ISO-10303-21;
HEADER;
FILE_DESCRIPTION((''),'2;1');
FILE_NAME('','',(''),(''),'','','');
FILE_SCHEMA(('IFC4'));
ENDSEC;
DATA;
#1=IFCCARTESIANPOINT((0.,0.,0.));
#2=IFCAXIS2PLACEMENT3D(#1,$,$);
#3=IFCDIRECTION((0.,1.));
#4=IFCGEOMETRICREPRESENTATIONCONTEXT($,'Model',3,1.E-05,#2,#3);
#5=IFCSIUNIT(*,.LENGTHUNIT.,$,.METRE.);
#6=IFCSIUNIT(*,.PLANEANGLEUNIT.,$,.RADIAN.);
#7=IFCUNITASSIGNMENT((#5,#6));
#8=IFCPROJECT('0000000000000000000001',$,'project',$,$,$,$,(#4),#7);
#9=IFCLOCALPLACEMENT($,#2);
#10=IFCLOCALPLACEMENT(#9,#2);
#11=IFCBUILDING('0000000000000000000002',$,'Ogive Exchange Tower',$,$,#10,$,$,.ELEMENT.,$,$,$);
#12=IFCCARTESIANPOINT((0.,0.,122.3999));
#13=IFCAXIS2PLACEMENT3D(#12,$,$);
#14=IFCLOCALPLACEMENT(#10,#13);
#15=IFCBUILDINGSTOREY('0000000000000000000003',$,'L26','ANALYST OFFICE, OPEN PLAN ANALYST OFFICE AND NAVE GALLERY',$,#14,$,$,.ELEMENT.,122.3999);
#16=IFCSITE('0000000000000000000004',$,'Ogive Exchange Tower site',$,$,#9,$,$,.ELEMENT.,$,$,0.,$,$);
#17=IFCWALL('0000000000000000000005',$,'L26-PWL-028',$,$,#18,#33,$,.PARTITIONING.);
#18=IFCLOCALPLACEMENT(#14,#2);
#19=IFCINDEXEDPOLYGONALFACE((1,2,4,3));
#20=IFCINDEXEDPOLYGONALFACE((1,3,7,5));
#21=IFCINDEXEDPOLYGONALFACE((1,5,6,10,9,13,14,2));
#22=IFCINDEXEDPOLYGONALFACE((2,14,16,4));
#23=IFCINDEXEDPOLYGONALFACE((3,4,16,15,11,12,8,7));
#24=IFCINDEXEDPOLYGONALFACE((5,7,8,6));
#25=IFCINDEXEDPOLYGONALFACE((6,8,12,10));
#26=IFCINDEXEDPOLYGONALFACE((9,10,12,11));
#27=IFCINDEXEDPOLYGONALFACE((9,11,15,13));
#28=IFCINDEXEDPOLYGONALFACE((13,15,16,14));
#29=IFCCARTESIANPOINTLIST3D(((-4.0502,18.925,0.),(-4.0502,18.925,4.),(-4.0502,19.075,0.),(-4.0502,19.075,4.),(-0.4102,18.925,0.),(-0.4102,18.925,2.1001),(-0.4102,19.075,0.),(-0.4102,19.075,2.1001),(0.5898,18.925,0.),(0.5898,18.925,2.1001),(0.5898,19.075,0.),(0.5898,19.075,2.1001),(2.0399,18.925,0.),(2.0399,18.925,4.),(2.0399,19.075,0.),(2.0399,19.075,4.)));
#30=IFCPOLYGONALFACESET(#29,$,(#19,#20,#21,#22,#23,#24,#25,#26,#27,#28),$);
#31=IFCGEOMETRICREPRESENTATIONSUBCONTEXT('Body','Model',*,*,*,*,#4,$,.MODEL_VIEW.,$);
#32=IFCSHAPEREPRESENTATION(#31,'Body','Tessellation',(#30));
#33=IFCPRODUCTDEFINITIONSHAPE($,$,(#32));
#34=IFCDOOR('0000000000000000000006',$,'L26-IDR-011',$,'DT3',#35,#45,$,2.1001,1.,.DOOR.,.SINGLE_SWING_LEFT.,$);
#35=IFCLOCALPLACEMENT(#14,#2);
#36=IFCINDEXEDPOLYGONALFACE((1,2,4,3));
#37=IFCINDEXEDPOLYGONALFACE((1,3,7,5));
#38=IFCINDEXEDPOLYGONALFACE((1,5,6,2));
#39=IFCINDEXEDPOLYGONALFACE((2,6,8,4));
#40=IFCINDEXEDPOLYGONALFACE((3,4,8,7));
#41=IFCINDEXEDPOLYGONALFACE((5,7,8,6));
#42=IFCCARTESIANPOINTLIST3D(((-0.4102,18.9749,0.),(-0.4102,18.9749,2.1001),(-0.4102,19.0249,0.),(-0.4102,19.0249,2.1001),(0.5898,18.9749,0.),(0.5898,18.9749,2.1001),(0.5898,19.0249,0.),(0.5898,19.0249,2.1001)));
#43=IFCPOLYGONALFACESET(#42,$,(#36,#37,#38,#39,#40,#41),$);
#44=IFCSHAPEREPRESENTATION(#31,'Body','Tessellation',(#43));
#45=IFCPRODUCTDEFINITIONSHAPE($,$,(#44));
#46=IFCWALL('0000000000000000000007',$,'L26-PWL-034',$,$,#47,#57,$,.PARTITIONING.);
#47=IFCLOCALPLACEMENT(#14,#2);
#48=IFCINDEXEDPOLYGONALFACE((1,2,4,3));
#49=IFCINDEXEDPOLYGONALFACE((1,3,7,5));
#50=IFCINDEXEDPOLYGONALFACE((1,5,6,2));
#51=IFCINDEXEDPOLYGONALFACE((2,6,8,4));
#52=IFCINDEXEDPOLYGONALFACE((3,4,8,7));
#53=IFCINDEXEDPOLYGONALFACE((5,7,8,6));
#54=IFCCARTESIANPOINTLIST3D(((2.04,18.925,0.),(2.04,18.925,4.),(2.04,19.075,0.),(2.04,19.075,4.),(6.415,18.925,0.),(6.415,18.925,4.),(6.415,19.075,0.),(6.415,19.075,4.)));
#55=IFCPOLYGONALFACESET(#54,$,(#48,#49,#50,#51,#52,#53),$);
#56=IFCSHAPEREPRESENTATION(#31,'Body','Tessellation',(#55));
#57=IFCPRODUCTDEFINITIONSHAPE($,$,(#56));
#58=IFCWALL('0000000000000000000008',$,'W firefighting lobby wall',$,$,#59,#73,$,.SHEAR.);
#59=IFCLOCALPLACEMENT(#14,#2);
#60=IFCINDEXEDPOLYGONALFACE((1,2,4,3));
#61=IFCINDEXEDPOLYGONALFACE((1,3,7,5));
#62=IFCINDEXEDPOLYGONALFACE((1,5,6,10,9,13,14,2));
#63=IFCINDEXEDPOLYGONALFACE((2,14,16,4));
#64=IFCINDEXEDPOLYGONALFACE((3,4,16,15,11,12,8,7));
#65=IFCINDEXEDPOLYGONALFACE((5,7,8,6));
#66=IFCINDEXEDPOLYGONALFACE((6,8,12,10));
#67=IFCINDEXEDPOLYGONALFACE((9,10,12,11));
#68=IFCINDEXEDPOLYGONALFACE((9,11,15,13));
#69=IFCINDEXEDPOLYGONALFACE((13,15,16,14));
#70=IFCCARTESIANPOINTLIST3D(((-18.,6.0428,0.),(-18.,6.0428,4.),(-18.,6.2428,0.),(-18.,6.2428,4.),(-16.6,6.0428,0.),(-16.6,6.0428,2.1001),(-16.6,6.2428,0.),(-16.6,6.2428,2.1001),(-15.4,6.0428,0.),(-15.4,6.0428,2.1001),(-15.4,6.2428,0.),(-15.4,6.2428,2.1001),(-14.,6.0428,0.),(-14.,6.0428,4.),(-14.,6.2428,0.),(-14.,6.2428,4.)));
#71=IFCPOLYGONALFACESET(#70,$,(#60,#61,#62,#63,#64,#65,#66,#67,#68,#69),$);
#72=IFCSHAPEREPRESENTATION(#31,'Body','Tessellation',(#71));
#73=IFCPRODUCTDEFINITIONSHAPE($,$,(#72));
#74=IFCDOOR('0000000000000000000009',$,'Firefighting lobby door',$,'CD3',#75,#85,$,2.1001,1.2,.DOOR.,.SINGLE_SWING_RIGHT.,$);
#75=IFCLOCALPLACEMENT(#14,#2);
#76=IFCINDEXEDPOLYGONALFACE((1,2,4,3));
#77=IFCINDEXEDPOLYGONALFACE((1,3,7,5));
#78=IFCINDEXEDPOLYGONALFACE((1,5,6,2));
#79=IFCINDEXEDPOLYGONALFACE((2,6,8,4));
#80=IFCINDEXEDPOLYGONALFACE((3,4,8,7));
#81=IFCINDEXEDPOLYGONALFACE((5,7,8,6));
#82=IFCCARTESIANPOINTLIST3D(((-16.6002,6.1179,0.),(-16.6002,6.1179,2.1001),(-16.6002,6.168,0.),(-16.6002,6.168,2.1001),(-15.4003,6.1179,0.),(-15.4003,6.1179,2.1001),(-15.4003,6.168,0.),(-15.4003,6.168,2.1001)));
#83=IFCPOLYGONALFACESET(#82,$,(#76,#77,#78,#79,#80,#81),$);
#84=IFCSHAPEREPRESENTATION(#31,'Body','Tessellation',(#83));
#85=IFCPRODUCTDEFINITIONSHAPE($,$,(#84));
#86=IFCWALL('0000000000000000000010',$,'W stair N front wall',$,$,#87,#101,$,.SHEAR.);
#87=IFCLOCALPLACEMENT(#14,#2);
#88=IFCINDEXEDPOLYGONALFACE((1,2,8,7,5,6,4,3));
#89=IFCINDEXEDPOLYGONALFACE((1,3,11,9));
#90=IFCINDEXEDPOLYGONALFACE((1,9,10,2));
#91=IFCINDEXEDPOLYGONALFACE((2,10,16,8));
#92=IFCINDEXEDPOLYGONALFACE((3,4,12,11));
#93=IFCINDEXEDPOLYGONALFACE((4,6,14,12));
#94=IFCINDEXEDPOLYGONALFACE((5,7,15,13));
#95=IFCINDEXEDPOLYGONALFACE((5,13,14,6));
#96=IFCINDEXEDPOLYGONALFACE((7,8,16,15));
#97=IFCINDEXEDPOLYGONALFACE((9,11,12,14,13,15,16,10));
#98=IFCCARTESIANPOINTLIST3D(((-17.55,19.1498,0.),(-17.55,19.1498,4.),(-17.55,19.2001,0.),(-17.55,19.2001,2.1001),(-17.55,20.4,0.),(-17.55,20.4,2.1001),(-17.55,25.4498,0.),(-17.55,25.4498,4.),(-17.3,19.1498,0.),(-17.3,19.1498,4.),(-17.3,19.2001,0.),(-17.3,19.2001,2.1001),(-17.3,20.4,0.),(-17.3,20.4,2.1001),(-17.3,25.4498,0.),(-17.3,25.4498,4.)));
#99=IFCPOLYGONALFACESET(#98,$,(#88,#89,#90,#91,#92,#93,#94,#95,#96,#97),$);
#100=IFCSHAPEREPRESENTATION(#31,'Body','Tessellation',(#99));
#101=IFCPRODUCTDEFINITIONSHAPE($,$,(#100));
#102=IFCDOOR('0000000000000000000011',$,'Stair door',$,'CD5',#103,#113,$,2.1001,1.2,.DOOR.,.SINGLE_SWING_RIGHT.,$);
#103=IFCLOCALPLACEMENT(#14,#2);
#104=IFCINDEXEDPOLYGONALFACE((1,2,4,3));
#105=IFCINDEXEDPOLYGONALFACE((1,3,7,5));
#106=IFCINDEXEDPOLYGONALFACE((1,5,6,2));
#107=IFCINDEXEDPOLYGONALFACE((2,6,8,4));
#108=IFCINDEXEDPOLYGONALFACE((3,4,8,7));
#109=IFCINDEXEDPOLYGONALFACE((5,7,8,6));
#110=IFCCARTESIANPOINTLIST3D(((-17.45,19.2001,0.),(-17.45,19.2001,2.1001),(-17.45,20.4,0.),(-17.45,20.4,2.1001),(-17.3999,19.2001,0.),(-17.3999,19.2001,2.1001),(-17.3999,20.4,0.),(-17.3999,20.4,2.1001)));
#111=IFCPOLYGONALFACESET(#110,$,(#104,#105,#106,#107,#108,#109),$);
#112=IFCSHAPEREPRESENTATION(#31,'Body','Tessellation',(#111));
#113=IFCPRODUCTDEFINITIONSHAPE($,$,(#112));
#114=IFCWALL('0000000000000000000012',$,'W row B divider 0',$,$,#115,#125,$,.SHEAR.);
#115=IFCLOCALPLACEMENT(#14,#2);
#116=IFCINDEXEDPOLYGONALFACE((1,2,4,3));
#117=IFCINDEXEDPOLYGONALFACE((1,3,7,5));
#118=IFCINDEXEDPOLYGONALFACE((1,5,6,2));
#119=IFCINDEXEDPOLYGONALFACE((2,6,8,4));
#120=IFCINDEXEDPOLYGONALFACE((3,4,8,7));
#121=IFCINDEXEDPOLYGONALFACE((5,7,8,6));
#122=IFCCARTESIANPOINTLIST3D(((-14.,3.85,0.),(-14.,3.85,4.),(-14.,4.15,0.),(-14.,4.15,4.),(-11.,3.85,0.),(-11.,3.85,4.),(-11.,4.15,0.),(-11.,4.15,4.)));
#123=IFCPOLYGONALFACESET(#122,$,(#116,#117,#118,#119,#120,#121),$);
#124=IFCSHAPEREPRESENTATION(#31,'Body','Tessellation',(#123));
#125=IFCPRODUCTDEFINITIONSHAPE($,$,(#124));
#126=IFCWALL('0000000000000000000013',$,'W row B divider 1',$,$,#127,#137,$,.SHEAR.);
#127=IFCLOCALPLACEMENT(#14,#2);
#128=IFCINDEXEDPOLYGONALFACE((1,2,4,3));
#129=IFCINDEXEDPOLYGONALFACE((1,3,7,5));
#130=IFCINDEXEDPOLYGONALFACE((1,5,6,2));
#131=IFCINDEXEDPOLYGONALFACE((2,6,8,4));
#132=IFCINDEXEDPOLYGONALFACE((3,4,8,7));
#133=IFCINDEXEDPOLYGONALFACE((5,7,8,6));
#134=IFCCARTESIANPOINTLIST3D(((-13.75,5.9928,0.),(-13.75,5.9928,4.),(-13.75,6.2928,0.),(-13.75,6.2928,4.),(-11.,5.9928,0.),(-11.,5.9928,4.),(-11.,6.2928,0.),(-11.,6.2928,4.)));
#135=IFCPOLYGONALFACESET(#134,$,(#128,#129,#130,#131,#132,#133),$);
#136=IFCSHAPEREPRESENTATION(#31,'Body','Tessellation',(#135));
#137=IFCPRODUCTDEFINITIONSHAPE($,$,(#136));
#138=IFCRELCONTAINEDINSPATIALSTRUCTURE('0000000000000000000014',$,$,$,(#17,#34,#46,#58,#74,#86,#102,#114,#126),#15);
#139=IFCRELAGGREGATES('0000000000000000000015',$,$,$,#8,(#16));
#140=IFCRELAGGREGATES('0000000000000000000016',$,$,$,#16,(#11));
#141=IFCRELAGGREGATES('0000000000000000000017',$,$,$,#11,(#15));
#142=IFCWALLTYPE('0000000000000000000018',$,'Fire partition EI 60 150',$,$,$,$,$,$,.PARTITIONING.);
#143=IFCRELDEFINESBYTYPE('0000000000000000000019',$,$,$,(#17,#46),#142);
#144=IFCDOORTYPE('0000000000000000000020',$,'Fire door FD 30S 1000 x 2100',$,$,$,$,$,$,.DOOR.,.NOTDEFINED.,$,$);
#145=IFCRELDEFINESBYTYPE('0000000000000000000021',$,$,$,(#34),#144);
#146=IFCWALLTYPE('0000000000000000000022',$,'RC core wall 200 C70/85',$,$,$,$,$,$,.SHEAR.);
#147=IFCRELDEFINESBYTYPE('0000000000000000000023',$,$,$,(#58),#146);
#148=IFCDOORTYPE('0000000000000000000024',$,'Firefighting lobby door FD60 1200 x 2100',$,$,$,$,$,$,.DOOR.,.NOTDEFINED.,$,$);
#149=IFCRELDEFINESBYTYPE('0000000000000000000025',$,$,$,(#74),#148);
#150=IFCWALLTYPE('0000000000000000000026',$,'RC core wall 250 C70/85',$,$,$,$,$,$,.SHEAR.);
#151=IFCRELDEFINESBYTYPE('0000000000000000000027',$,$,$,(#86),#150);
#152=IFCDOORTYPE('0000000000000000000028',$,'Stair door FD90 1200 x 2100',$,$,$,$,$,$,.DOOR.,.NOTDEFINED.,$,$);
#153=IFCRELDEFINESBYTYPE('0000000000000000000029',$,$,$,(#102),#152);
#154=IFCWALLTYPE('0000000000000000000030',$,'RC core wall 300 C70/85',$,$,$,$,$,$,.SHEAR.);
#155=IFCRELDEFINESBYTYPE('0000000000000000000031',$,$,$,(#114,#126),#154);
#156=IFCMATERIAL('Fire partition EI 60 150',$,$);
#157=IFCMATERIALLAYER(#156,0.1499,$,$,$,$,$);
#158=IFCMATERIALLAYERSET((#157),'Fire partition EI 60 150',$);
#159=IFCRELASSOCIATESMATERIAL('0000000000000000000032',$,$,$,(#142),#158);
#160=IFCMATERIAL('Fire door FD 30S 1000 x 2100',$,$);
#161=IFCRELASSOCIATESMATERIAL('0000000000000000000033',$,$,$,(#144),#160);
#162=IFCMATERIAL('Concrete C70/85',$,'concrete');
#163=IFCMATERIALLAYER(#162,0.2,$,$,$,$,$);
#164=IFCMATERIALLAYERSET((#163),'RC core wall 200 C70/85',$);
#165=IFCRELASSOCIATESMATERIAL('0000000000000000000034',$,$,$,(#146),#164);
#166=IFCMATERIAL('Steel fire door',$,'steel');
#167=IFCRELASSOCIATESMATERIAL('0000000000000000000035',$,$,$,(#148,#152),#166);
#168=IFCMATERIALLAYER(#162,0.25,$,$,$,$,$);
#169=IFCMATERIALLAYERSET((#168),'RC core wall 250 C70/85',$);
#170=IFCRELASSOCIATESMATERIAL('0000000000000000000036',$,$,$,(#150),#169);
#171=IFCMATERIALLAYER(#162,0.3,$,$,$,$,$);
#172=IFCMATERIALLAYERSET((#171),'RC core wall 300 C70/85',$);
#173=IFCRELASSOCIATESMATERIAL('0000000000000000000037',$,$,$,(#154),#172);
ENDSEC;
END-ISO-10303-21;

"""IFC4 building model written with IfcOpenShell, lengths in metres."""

from ifc_helpers import new_model, si_unit, direction, frame, frame_2d, origin, place, context, subcontext, project, spatial, rectangle, extrude, material, layer, layer_set, type_object, element, fill, save


model = new_model("IFC4")

# Units and contexts
model_context = context("Model", 3, precision=1e-05, world=origin(), true_north=direction((0.0, 1.0)))
body_context = subcontext(model_context, "Body", "Model", "MODEL_VIEW")
ifc_project = project(units=[si_unit("LENGTHUNIT", "METRE"), si_unit("PLANEANGLEUNIT", "RADIAN")], contexts=[model_context])

# Site, building, storey
site_placement = place(None, origin())
site = spatial("IfcSite", under=ifc_project, at=site_placement, Name="Ogive Exchange Tower site", CompositionType="ELEMENT", RefElevation=0.0)
building_placement = place(site_placement, origin())
building = spatial("IfcBuilding", under=site, at=building_placement, Name="Ogive Exchange Tower", CompositionType="ELEMENT")
storey_placement = place(building_placement, frame((0.0, 0.0, 122.3999)))
storey = spatial("IfcBuildingStorey", under=building, at=storey_placement, Name="L26", Description="ANALYST OFFICE, OPEN PLAN ANALYST OFFICE AND NAVE GALLERY", CompositionType="ELEMENT", Elevation=122.3999)

# Shared definitions
ifc_material_1 = material(Name="Fire partition EI 60 150")
ifc_layer_1 = layer(ifc_material_1, 0.1499)
ifc_layer_set_1 = layer_set([ifc_layer_1], Name="Fire partition EI 60 150")
wall_type_1 = type_object("IfcWallType", Name="Fire partition EI 60 150", PredefinedType="PARTITIONING", material=ifc_layer_set_1)

# Wall, opening, door
wall_1_placement = place(storey_placement, frame((-4.05, 19.0, 0.0), z_axis=(0.0, 0.0, 1.0), x_axis=(1.0, 0.0, 0.0)))
wall_1 = element("IfcWall", 1, at=wall_1_placement, inside=storey, type_object=wall_type_1, Name="L26-PWL-028", PredefinedType="PARTITIONING", context=body_context, shape_type="SweptSolid", body=[
    extrude(rectangle(XDim=6.0901, YDim=0.1499, at=frame_2d((3.0449, 0.0))), origin(), (0.0, 0.0, 1.0), 4.0),
])
opening_1_placement = place(wall_1_placement, frame((3.6399, 0.0, 0.0)))
opening_1 = element("IfcOpeningElement", 2, at=opening_1_placement, cuts=wall_1, PredefinedType="OPENING", context=body_context, shape_type="SweptSolid", body=[
    extrude(rectangle(XDim=1.0, YDim=2.1001, at=frame_2d((0.5, 1.05))), frame((0.0, 0.085, 0.0), z_axis=(0.0, -1.0, 0.0), x_axis=(1.0, 0.0, 0.0)), (0.0, 0.0, 1.0), 0.1699),
])
ifc_material_2 = material(Name="Fire door FD 30S 1000 x 2100")
door_type_1 = type_object("IfcDoorType", Name="Fire door FD 30S 1000 x 2100", OperationType="NOTDEFINED", PredefinedType="DOOR", material=ifc_material_2)
door_1_placement = place(opening_1_placement, origin())
door_1 = element("IfcDoor", 3, at=door_1_placement, inside=storey, type_object=door_type_1, Name="L26-IDR-011", ObjectType="DT3", OperationType="SINGLE_SWING_LEFT", OverallHeight=2.1001, OverallWidth=1.0, PredefinedType="DOOR", context=body_context, shape_type="SweptSolid", body=[
    extrude(rectangle(XDim=1.0, YDim=2.1001, at=frame_2d((0.5, 1.05))), frame((0.0, 0.0249, 0.0), z_axis=(0.0, -1.0, 0.0), x_axis=(1.0, 0.0, 0.0)), (0.0, 0.0, 1.0), 0.05),
])
fill(opening_1, door_1)

# Wall
wall_2_placement = place(storey_placement, frame((2.04, 19.0, 0.0), z_axis=(0.0, 0.0, 1.0), x_axis=(1.0, 0.0, 0.0)))
element("IfcWall", 4, at=wall_2_placement, inside=storey, type_object=wall_type_1, Name="L26-PWL-034", PredefinedType="PARTITIONING", context=body_context, shape_type="SweptSolid", body=[
    extrude(rectangle(XDim=4.375, YDim=0.1499, at=frame_2d((2.1875, 0.0))), origin(), (0.0, 0.0, 1.0), 4.0),
])

# Walls, openings, doors
ifc_material_3 = material(Name="Concrete C70/85", Category="concrete")
ifc_layer_2 = layer(ifc_material_3, 0.2)
ifc_layer_set_2 = layer_set([ifc_layer_2], Name="RC core wall 200 C70/85")
wall_type_2 = type_object("IfcWallType", Name="RC core wall 200 C70/85", PredefinedType="SHEAR", material=ifc_layer_set_2)
wall_3_placement = place(storey_placement, frame((-18.0, 6.1428, 0.0), z_axis=(0.0, 0.0, 1.0), x_axis=(1.0, 0.0, 0.0)))
wall_3 = element("IfcWall", 5, at=wall_3_placement, inside=storey, type_object=wall_type_2, Name="W firefighting lobby wall", PredefinedType="SHEAR", context=body_context, shape_type="SweptSolid", body=[
    extrude(rectangle(XDim=4.0, YDim=0.2, at=frame_2d((2.0, 0.0))), origin(), (0.0, 0.0, 1.0), 4.0),
])
opening_2_placement = place(wall_3_placement, frame((1.3999, 0.0, 0.0)))
opening_2 = element("IfcOpeningElement", 6, at=opening_2_placement, cuts=wall_3, PredefinedType="OPENING", context=body_context, shape_type="SweptSolid", body=[
    extrude(rectangle(XDim=1.2, YDim=2.1001, at=frame_2d((0.6001, 1.05))), frame((0.0, 0.1099, 0.0), z_axis=(0.0, -1.0, 0.0), x_axis=(1.0, 0.0, 0.0)), (0.0, 0.0, 1.0), 0.22),
])
ifc_material_4 = material(Name="Steel fire door", Category="steel")
door_type_2 = type_object("IfcDoorType", Name="Firefighting lobby door FD60 1200 x 2100", OperationType="NOTDEFINED", PredefinedType="DOOR", material=ifc_material_4)
door_2_placement = place(opening_2_placement, frame((1.2, 0.0, 0.0), z_axis=(0.0, 0.0, 1.0), x_axis=(-1.0, 0.0, 0.0)))
door_2 = element("IfcDoor", 7, at=door_2_placement, inside=storey, type_object=door_type_2, Name="Firefighting lobby door", ObjectType="CD3", OperationType="SINGLE_SWING_RIGHT", OverallHeight=2.1001, OverallWidth=1.2, PredefinedType="DOOR", context=body_context, shape_type="SweptSolid", body=[
    extrude(rectangle(XDim=1.2, YDim=2.1001, at=frame_2d((0.6001, 1.05))), frame((0.0, 0.0249, 0.0), z_axis=(0.0, -1.0, 0.0), x_axis=(1.0, 0.0, 0.0)), (0.0, 0.0, 1.0), 0.05),
])
fill(opening_2, door_2)
ifc_layer_3 = layer(ifc_material_3, 0.25)
ifc_layer_set_3 = layer_set([ifc_layer_3], Name="RC core wall 250 C70/85")
wall_type_3 = type_object("IfcWallType", Name="RC core wall 250 C70/85", PredefinedType="SHEAR", material=ifc_layer_set_3)
wall_4_placement = place(storey_placement, frame((-17.425, 19.1499, 0.0), z_axis=(0.0, 0.0, 1.0), x_axis=(0.0, 1.0, 0.0)))
wall_4 = element("IfcWall", 8, at=wall_4_placement, inside=storey, type_object=wall_type_3, Name="W stair N front wall", PredefinedType="SHEAR", context=body_context, shape_type="SweptSolid", body=[
    extrude(rectangle(XDim=6.3, YDim=0.25, at=frame_2d((3.1499, 0.0))), origin(), (0.0, 0.0, 1.0), 4.0),
])
opening_3_placement = place(wall_4_placement, frame((0.05, 0.0, 0.0)))
opening_3 = element("IfcOpeningElement", 9, at=opening_3_placement, cuts=wall_4, PredefinedType="OPENING", context=body_context, shape_type="SweptSolid", body=[
    extrude(rectangle(XDim=1.2, YDim=2.1001, at=frame_2d((0.6001, 1.05))), frame((0.0, 0.135, 0.0), z_axis=(0.0, -1.0, 0.0), x_axis=(1.0, 0.0, 0.0)), (0.0, 0.0, 1.0), 0.27),
])
door_type_3 = type_object("IfcDoorType", Name="Stair door FD90 1200 x 2100", OperationType="NOTDEFINED", PredefinedType="DOOR", material=ifc_material_4)
door_3_placement = place(opening_3_placement, origin())
door_3 = element("IfcDoor", 10, at=door_3_placement, inside=storey, type_object=door_type_3, Name="Stair door", ObjectType="CD5", OperationType="SINGLE_SWING_RIGHT", OverallHeight=2.1001, OverallWidth=1.2, PredefinedType="DOOR", context=body_context, shape_type="SweptSolid", body=[
    extrude(rectangle(XDim=1.2, YDim=2.1001, at=frame_2d((0.6001, 1.05))), frame((0.0, 0.0249, 0.0), z_axis=(0.0, -1.0, 0.0), x_axis=(1.0, 0.0, 0.0)), (0.0, 0.0, 1.0), 0.05),
])
fill(opening_3, door_3)

# Walls
ifc_layer_4 = layer(ifc_material_3, 0.3)
ifc_layer_set_4 = layer_set([ifc_layer_4], Name="RC core wall 300 C70/85")
wall_type_4 = type_object("IfcWallType", Name="RC core wall 300 C70/85", PredefinedType="SHEAR", material=ifc_layer_set_4)
wall_5_placement = place(storey_placement, frame((-14.0, 4.0, 0.0), z_axis=(0.0, 0.0, 1.0), x_axis=(1.0, 0.0, 0.0)))
element("IfcWall", 11, at=wall_5_placement, inside=storey, type_object=wall_type_4, Name="W row B divider 0", PredefinedType="SHEAR", context=body_context, shape_type="SweptSolid", body=[
    extrude(rectangle(XDim=3.0, YDim=0.3, at=frame_2d((1.5, 0.0))), origin(), (0.0, 0.0, 1.0), 4.0),
])
wall_6_placement = place(storey_placement, frame((-13.75, 6.1428, 0.0), z_axis=(0.0, 0.0, 1.0), x_axis=(1.0, 0.0, 0.0)))
element("IfcWall", 12, at=wall_6_placement, inside=storey, type_object=wall_type_4, Name="W row B divider 1", PredefinedType="SHEAR", context=body_context, shape_type="SweptSolid", body=[
    extrude(rectangle(XDim=2.75, YDim=0.3, at=frame_2d((1.375, 0.0))), origin(), (0.0, 0.0, 1.0), 4.0),
])

save(model, "model.ifc")
